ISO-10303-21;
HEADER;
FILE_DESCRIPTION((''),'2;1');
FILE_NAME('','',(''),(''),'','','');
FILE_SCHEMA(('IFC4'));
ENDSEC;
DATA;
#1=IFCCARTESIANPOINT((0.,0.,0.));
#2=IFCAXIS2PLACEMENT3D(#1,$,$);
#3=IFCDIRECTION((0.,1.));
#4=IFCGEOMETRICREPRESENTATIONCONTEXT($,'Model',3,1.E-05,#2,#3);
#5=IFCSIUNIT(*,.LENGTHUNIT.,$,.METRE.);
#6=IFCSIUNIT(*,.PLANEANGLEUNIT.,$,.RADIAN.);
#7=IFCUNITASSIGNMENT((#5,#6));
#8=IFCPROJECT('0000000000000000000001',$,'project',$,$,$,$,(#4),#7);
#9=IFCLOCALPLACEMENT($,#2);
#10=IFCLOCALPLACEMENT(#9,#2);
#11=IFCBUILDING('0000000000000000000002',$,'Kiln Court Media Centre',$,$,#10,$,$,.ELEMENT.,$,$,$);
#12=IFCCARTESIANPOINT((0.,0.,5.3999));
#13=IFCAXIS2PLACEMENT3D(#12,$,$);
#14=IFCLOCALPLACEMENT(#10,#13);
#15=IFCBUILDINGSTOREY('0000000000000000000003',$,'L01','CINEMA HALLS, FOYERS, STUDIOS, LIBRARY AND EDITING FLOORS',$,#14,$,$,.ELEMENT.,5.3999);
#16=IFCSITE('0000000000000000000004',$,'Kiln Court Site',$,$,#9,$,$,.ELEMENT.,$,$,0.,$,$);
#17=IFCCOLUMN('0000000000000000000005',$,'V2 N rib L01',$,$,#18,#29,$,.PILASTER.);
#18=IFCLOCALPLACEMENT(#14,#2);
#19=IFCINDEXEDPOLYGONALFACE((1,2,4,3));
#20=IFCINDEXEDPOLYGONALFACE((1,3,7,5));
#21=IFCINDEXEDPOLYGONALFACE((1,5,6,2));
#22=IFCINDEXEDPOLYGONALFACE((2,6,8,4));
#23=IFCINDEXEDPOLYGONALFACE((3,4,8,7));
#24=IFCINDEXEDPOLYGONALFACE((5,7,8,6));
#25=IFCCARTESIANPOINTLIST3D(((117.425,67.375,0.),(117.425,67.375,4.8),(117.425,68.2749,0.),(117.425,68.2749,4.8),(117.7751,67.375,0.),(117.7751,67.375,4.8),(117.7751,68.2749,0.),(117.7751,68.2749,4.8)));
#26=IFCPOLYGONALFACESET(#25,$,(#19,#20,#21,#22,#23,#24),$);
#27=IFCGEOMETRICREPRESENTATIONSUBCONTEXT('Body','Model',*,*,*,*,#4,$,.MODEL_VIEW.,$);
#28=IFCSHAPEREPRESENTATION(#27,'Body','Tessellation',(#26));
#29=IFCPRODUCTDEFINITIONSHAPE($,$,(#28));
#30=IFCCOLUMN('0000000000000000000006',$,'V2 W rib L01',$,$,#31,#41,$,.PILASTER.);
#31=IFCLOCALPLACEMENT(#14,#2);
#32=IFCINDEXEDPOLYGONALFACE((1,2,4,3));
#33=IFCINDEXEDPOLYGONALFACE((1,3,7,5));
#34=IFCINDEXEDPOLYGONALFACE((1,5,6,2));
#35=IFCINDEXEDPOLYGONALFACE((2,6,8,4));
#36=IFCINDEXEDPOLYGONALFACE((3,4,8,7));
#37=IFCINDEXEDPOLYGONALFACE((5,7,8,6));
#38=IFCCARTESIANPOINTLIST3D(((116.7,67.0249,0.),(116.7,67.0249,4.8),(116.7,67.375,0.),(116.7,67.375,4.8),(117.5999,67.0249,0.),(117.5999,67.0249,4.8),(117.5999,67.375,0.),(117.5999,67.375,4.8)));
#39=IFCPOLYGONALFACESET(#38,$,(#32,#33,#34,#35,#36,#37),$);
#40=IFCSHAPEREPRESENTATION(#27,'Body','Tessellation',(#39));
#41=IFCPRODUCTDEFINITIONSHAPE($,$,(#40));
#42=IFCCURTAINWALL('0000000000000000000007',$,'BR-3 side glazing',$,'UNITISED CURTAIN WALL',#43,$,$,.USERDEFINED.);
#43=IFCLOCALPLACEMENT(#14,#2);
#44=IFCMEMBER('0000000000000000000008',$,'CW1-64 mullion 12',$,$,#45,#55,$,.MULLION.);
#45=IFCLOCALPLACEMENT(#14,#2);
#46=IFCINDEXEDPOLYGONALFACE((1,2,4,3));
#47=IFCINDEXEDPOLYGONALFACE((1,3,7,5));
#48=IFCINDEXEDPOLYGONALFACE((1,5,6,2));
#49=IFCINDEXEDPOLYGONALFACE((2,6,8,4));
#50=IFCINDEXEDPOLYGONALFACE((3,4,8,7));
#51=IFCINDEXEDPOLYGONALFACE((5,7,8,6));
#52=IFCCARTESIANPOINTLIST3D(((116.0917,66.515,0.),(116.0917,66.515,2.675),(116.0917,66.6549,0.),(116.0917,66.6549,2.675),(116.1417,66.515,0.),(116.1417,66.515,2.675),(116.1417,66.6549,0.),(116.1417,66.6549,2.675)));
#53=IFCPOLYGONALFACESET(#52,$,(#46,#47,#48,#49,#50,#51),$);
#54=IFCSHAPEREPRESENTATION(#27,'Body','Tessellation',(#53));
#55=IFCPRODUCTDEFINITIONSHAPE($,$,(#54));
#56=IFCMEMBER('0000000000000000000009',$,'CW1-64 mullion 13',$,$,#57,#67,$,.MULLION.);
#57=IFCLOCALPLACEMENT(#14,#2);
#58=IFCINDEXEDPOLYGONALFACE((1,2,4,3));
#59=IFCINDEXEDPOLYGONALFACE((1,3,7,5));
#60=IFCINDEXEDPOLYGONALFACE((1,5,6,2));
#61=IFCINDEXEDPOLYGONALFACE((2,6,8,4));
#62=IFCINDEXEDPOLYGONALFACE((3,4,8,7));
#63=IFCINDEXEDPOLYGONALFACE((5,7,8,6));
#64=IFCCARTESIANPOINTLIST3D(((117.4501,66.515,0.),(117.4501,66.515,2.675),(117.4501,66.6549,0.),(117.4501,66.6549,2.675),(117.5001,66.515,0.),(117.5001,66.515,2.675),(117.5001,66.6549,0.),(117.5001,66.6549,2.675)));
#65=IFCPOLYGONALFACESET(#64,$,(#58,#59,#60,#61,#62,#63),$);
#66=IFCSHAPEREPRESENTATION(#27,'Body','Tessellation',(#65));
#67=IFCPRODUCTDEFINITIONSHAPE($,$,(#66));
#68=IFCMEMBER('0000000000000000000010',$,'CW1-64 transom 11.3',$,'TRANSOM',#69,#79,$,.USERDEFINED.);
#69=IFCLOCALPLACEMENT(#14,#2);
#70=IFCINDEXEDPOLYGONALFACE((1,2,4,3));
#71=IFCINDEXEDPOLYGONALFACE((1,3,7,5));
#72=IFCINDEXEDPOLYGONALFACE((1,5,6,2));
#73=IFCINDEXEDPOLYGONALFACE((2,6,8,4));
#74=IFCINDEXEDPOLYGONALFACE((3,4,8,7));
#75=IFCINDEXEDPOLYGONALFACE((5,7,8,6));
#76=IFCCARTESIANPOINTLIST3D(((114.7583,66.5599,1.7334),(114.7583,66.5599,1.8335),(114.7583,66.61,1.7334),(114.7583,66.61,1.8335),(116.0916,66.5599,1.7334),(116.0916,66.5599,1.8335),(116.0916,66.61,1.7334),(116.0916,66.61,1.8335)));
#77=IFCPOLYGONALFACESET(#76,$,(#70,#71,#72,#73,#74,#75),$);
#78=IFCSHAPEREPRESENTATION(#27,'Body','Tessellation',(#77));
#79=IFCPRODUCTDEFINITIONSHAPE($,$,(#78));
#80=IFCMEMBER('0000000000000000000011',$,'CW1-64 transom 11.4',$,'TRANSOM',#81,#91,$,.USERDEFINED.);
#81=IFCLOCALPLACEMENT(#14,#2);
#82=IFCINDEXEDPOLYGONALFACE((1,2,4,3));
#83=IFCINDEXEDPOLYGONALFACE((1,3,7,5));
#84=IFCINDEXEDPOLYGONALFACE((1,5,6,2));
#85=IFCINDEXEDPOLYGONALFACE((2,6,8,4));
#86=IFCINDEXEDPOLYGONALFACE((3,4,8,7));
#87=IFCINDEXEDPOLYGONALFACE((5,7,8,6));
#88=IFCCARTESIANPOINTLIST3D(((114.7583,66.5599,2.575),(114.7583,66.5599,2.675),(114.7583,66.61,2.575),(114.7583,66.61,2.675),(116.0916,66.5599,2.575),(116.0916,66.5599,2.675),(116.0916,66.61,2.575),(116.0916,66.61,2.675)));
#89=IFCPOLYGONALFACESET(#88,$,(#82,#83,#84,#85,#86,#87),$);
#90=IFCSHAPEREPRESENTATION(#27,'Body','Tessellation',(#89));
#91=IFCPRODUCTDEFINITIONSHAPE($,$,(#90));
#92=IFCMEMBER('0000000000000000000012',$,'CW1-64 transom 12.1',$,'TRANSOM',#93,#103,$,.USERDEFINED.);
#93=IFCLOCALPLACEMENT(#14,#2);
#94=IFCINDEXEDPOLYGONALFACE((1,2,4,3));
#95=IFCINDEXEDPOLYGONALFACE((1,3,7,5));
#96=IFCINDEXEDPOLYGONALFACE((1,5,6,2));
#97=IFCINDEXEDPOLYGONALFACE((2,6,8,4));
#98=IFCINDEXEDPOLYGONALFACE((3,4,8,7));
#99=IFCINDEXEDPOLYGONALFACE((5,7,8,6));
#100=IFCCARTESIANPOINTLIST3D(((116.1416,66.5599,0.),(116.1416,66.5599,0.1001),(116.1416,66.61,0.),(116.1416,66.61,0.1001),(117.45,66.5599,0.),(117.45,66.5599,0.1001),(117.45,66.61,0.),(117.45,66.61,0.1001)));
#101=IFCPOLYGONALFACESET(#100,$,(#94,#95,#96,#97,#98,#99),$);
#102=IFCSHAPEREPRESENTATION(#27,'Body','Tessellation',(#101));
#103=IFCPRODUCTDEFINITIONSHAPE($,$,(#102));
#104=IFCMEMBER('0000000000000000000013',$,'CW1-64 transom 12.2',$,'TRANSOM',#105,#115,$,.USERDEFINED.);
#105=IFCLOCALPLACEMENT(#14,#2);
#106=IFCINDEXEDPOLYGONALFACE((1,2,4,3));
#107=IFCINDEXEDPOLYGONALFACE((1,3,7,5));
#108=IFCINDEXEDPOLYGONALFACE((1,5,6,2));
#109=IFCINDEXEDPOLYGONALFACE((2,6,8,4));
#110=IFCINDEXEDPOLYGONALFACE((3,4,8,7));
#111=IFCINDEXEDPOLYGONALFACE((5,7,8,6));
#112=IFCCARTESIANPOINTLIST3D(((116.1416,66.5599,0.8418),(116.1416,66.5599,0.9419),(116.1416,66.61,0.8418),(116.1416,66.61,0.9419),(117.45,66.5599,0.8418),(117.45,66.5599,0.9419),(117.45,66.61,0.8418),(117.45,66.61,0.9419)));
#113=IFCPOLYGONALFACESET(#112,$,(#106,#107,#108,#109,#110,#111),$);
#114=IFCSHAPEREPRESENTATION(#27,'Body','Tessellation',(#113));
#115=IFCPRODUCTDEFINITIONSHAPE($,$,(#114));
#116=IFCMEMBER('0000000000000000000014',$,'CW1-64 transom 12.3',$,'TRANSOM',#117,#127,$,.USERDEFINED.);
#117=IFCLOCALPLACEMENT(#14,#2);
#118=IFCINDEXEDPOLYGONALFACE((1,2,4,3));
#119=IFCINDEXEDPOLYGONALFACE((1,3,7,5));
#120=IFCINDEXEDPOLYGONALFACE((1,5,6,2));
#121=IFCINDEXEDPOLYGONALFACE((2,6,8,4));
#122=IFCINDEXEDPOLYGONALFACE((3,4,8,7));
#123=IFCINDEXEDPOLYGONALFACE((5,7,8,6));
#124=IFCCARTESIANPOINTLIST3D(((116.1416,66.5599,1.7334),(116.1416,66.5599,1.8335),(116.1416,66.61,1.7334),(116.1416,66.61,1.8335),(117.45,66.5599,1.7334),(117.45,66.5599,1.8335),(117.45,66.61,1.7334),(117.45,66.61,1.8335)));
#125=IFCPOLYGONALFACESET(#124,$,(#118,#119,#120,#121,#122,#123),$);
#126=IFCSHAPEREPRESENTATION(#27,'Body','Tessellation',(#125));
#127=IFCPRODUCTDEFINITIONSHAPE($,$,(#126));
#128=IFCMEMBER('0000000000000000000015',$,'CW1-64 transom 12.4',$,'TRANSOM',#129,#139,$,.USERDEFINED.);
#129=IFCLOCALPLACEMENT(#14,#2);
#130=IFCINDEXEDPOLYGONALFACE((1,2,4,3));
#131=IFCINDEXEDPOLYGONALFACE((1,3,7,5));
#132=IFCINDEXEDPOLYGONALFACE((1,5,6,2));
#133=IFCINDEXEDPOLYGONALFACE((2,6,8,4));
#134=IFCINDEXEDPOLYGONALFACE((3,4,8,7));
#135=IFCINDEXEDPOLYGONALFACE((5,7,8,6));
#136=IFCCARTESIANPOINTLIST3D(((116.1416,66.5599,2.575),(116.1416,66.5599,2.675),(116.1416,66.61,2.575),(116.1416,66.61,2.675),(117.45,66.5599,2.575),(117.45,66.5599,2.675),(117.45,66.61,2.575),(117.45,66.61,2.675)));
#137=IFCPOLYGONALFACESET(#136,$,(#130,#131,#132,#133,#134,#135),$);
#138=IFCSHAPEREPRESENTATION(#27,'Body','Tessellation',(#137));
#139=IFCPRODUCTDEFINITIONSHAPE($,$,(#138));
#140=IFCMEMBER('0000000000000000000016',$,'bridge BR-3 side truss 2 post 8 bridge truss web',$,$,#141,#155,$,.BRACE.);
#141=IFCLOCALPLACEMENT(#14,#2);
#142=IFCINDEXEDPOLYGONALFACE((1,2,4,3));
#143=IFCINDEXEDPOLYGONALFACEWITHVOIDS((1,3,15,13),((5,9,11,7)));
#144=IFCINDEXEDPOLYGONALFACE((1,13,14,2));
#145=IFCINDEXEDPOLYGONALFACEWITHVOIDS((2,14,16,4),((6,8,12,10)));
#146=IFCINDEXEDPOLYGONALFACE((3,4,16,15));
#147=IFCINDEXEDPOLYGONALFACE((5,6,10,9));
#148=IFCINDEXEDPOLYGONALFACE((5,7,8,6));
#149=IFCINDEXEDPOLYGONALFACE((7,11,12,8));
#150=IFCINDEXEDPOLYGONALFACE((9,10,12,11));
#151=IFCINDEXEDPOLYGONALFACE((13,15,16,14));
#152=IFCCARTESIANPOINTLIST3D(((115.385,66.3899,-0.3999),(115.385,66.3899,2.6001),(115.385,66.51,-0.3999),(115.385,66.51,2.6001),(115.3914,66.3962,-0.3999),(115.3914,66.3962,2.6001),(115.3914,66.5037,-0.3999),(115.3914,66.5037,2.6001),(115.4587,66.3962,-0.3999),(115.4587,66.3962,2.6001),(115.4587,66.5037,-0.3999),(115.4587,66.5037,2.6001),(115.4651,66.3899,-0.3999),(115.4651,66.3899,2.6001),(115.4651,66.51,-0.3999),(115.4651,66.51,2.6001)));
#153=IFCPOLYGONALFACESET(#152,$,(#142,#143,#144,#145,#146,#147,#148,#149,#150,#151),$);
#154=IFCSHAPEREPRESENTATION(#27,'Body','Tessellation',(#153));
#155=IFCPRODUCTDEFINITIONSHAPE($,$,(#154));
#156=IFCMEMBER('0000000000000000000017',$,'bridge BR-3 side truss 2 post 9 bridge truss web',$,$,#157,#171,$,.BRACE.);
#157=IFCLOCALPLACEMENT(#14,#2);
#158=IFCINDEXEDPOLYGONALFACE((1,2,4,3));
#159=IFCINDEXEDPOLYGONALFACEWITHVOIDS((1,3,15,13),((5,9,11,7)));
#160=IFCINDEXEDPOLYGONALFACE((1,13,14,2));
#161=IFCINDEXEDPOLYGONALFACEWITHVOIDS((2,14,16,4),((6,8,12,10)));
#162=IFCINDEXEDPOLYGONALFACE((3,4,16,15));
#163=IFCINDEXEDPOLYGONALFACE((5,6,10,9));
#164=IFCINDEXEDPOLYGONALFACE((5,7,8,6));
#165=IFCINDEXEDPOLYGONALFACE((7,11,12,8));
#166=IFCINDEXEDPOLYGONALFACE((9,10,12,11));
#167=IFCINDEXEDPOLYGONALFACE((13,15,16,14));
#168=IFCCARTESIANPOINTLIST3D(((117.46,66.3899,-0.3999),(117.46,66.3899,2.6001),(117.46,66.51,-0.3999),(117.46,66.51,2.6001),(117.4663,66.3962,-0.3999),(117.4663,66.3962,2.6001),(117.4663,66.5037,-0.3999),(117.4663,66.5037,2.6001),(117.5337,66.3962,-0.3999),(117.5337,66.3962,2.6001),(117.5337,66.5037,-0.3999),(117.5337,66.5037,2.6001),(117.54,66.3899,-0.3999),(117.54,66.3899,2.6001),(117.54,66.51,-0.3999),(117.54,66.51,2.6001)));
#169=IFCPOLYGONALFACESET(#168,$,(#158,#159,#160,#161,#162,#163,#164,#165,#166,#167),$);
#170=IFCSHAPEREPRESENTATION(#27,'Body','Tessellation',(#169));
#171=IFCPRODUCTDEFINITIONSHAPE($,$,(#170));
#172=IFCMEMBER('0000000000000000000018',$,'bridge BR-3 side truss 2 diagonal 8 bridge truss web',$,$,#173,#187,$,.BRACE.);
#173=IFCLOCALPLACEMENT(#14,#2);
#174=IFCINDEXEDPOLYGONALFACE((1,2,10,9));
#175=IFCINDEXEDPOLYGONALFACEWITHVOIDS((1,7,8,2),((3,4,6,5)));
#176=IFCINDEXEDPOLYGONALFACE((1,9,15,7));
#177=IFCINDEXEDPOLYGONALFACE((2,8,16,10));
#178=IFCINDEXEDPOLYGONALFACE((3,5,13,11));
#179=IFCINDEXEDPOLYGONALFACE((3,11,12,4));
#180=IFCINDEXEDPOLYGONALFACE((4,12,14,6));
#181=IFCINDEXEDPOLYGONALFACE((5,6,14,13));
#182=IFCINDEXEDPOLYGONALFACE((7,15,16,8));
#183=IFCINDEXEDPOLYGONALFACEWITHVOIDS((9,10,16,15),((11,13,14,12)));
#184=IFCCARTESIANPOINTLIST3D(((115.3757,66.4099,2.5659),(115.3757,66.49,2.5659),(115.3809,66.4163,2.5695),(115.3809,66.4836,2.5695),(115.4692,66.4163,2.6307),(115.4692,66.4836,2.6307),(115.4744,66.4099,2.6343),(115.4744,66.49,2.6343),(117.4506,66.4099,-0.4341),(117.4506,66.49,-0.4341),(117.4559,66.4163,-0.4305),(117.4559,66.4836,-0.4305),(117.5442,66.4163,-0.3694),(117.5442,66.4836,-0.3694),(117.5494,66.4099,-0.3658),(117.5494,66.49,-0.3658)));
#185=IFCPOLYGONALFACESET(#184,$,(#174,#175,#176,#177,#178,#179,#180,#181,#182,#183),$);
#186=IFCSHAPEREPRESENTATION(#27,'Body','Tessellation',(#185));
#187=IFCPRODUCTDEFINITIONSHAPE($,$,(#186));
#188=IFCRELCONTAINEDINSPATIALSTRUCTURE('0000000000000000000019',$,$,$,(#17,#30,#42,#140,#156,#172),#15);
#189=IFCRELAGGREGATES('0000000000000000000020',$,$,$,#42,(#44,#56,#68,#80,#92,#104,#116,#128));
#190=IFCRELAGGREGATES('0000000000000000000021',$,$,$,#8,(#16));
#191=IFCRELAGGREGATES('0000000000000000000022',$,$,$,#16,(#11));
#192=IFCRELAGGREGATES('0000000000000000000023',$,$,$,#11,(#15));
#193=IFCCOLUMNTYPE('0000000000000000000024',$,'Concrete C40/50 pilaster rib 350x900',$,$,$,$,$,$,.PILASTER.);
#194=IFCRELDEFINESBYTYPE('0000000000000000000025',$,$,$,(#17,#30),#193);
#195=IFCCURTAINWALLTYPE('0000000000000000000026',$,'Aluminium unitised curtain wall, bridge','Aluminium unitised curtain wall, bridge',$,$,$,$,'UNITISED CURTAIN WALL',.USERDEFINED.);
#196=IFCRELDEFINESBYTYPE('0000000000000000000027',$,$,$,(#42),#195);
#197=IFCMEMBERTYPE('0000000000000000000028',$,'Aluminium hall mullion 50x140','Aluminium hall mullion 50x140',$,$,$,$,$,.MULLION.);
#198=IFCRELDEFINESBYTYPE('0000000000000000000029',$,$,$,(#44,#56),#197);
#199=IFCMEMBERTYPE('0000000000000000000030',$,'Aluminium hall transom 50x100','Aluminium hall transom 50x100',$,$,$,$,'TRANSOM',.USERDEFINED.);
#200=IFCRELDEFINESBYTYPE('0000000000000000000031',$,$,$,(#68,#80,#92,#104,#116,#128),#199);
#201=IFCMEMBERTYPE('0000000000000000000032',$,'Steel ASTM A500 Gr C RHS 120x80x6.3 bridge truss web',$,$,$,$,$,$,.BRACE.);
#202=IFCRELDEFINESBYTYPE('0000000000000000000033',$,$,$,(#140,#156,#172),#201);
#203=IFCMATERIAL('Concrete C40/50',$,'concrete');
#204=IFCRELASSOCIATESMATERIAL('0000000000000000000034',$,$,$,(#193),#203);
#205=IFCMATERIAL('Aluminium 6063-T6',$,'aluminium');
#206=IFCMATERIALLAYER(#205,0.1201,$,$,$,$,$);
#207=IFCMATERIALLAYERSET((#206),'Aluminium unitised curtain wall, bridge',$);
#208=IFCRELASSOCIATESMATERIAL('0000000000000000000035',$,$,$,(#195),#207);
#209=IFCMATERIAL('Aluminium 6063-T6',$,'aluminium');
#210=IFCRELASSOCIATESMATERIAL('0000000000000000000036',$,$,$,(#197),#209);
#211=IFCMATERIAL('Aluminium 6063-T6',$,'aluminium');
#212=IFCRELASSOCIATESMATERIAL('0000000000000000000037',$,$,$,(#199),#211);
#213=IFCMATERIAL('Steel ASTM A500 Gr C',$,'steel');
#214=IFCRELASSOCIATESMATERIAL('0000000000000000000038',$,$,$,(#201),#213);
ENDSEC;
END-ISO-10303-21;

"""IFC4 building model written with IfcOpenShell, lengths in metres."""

from ifc_helpers import new_model, si_unit, direction, frame, origin, origin_2d, place, context, subcontext, project, spatial, rectangle, hollow_rectangle, extrude, material, layer, layer_set, material_profile, profile_set, type_object, element, aggregate, save


model = new_model("IFC4")

# Units and contexts
model_context = context("Model", 3, precision=1e-05, world=origin(), true_north=direction((0.0, 1.0)))
body_context = subcontext(model_context, "Body", "Model", "MODEL_VIEW")
ifc_project = project(units=[si_unit("LENGTHUNIT", "METRE"), si_unit("PLANEANGLEUNIT", "RADIAN")], contexts=[model_context])

# Site, building, storey
site_placement = place(None, origin())
site = spatial("IfcSite", under=ifc_project, at=site_placement, Name="Kiln Court Site", CompositionType="ELEMENT", RefElevation=0.0)
building_placement = place(site_placement, origin())
building = spatial("IfcBuilding", under=site, at=building_placement, Name="Kiln Court Media Centre", CompositionType="ELEMENT")
storey_placement = place(building_placement, frame((0.0, 0.0, 5.3999)))
storey = spatial("IfcBuildingStorey", under=building, at=storey_placement, Name="L01", Description="CINEMA HALLS, FOYERS, STUDIOS, LIBRARY AND EDITING FLOORS", CompositionType="ELEMENT", Elevation=5.3999)

# Columns
ifc_material_1 = material(Name="Concrete C40/50", Category="concrete")
ifc_material_profile_1 = material_profile(ifc_material_1, rectangle(XDim=0.3501, YDim=0.8999, at=origin_2d()), Name="RC 350x900")
ifc_profile_set_1 = profile_set([ifc_material_profile_1], Name="Concrete C40/50")
column_type = type_object("IfcColumnType", Name="Concrete C40/50 pilaster rib 350x900", PredefinedType="PILASTER", material=ifc_profile_set_1)
for number, where, z_axis, x_axis, name in (
    (1, (117.6001, 67.825, 0.0), (0.0, 0.0, 1.0), (1.0, 0.0, 0.0), "V2 N rib L01"),
    (2, (117.1499, 67.2, 0.0), (0.0, 0.0, 1.0), (0.0, 1.0, 0.0), "V2 W rib L01"),
):
    element("IfcColumn", number, at=place(storey_placement, frame(where, z_axis=z_axis, x_axis=x_axis)), inside=storey, type_object=column_type, Name=name, PredefinedType="PILASTER", context=body_context, shape_type="SweptSolid", body=[
        extrude(rectangle(XDim=0.3501, YDim=0.8999, at=origin_2d()), origin(), (0.0, 0.0, 1.0), 4.8),
    ])

# Curtain wall, members
ifc_material_2 = material(Name="Aluminium 6063-T6", Category="aluminium")
ifc_layer_1 = layer(ifc_material_2, 0.1201)
ifc_layer_set_1 = layer_set([ifc_layer_1], Name="Aluminium unitised curtain wall, bridge")
curtain_wall_type = type_object("IfcCurtainWallType", Name="Aluminium unitised curtain wall, bridge", Description="Aluminium unitised curtain wall, bridge", ElementType="UNITISED CURTAIN WALL", PredefinedType="USERDEFINED", material=ifc_layer_set_1)
curtain_wall_placement = place(storey_placement, origin())
curtain_wall = element("IfcCurtainWall", 3, at=curtain_wall_placement, inside=storey, type_object=curtain_wall_type, Name="BR-3 side glazing", ObjectType="UNITISED CURTAIN WALL", PredefinedType="USERDEFINED")
ifc_material_3 = material(Name="Aluminium 6063-T6", Category="aluminium")
ifc_material_profile_2 = material_profile(ifc_material_3, rectangle(XDim=0.05, YDim=0.1399, at=origin_2d()), Name="Aluminium hall mullion 50x140")
ifc_profile_set_2 = profile_set([ifc_material_profile_2], Name="Aluminium 6063-T6")
member_type_1 = type_object("IfcMemberType", Name="Aluminium hall mullion 50x140", Description="Aluminium hall mullion 50x140", PredefinedType="MULLION", material=ifc_profile_set_2)
member_1_placement = place(storey_placement, frame((116.1167, 66.585, 0.0), z_axis=(0.0, 0.0, 1.0), x_axis=(1.0, 0.0, 0.0)))
member_1 = element("IfcMember", 4, at=member_1_placement, type_object=member_type_1, Name="CW1-64 mullion 12", PredefinedType="MULLION", context=body_context, shape_type="SweptSolid", body=[
    extrude(rectangle(XDim=0.05, YDim=0.1399, at=origin_2d()), origin(), (0.0, 0.0, 1.0), 2.675),
])
member_2_placement = place(storey_placement, frame((117.4751, 66.585, 0.0), z_axis=(0.0, 0.0, 1.0), x_axis=(1.0, 0.0, 0.0)))
member_2 = element("IfcMember", 5, at=member_2_placement, type_object=member_type_1, Name="CW1-64 mullion 13", PredefinedType="MULLION", context=body_context, shape_type="SweptSolid", body=[
    extrude(rectangle(XDim=0.05, YDim=0.1399, at=origin_2d()), origin(), (0.0, 0.0, 1.0), 2.675),
])
ifc_material_4 = material(Name="Aluminium 6063-T6", Category="aluminium")
ifc_material_profile_3 = material_profile(ifc_material_4, rectangle(XDim=0.05, YDim=0.1001, at=origin_2d()), Name="Aluminium hall transom 50x100")
ifc_profile_set_3 = profile_set([ifc_material_profile_3], Name="Aluminium 6063-T6")
member_type_2 = type_object("IfcMemberType", Name="Aluminium hall transom 50x100", Description="Aluminium hall transom 50x100", ElementType="TRANSOM", PredefinedType="USERDEFINED", material=ifc_profile_set_3)
member_3_placement = place(storey_placement, frame((114.7583, 66.585, 1.7834), z_axis=(1.0, 0.0, 0.0), x_axis=(0.0, 1.0, 0.0)))
member_3 = element("IfcMember", 6, at=member_3_placement, type_object=member_type_2, Name="CW1-64 transom 11.3", ObjectType="TRANSOM", PredefinedType="USERDEFINED", context=body_context, shape_type="SweptSolid", body=[
    extrude(rectangle(XDim=0.05, YDim=0.1001, at=origin_2d()), origin(), (0.0, 0.0, 1.0), 1.3333),
])
member_4_placement = place(storey_placement, frame((114.7583, 66.585, 2.625), z_axis=(1.0, 0.0, 0.0), x_axis=(0.0, 1.0, 0.0)))
member_4 = element("IfcMember", 7, at=member_4_placement, type_object=member_type_2, Name="CW1-64 transom 11.4", ObjectType="TRANSOM", PredefinedType="USERDEFINED", context=body_context, shape_type="SweptSolid", body=[
    extrude(rectangle(XDim=0.05, YDim=0.1001, at=origin_2d()), origin(), (0.0, 0.0, 1.0), 1.3333),
])
member_5_placement = place(storey_placement, frame((116.1416, 66.585, 0.05), z_axis=(1.0, 0.0, 0.0), x_axis=(0.0, 1.0, 0.0)))
member_5 = element("IfcMember", 8, at=member_5_placement, type_object=member_type_2, Name="CW1-64 transom 12.1", ObjectType="TRANSOM", PredefinedType="USERDEFINED", context=body_context, shape_type="SweptSolid", body=[
    extrude(rectangle(XDim=0.05, YDim=0.1001, at=origin_2d()), origin(), (0.0, 0.0, 1.0), 1.3083),
])
member_6_placement = place(storey_placement, frame((116.1416, 66.585, 0.8918), z_axis=(1.0, 0.0, 0.0), x_axis=(0.0, 1.0, 0.0)))
member_6 = element("IfcMember", 9, at=member_6_placement, type_object=member_type_2, Name="CW1-64 transom 12.2", ObjectType="TRANSOM", PredefinedType="USERDEFINED", context=body_context, shape_type="SweptSolid", body=[
    extrude(rectangle(XDim=0.05, YDim=0.1001, at=origin_2d()), origin(), (0.0, 0.0, 1.0), 1.3083),
])
member_7_placement = place(storey_placement, frame((116.1416, 66.585, 1.7834), z_axis=(1.0, 0.0, 0.0), x_axis=(0.0, 1.0, 0.0)))
member_7 = element("IfcMember", 10, at=member_7_placement, type_object=member_type_2, Name="CW1-64 transom 12.3", ObjectType="TRANSOM", PredefinedType="USERDEFINED", context=body_context, shape_type="SweptSolid", body=[
    extrude(rectangle(XDim=0.05, YDim=0.1001, at=origin_2d()), origin(), (0.0, 0.0, 1.0), 1.3083),
])
member_8_placement = place(storey_placement, frame((116.1416, 66.585, 2.625), z_axis=(1.0, 0.0, 0.0), x_axis=(0.0, 1.0, 0.0)))
member_8 = element("IfcMember", 11, at=member_8_placement, type_object=member_type_2, Name="CW1-64 transom 12.4", ObjectType="TRANSOM", PredefinedType="USERDEFINED", context=body_context, shape_type="SweptSolid", body=[
    extrude(rectangle(XDim=0.05, YDim=0.1001, at=origin_2d()), origin(), (0.0, 0.0, 1.0), 1.3083),
])

# Members
ifc_material_5 = material(Name="Steel ASTM A500 Gr C", Category="steel")
ifc_material_profile_4 = material_profile(ifc_material_5, hollow_rectangle(XDim=0.0801, YDim=0.1201, WallThickness=0.0063, at=origin_2d()), Name="RHS 120x80x6.3")
ifc_profile_set_4 = profile_set([ifc_material_profile_4], Name="Steel ASTM A500 Gr C")
member_type_3 = type_object("IfcMemberType", Name="Steel ASTM A500 Gr C RHS 120x80x6.3 bridge truss web", PredefinedType="BRACE", material=ifc_profile_set_4)
for number, where, z_axis, x_axis, name in (
    (12, (115.425, 66.45, -0.3999), (0.0, 0.0, 1.0), (1.0, 0.0, 0.0), "bridge BR-3 side truss 2 post 8 bridge truss web"),
    (13, (117.5, 66.45, -0.3999), (0.0, 0.0, 1.0), (1.0, 0.0, 0.0), "bridge BR-3 side truss 2 post 9 bridge truss web"),
):
    element("IfcMember", number, at=place(storey_placement, frame(where, z_axis=z_axis, x_axis=x_axis)), inside=storey, type_object=member_type_3, Name=name, PredefinedType="BRACE", context=body_context, shape_type="SweptSolid", body=[
        extrude(hollow_rectangle(XDim=0.0801, YDim=0.1201, WallThickness=0.0063, at=origin_2d()), origin(), (0.0, 0.0, 1.0), 3.0),
    ])
member_9_placement = place(storey_placement, frame((115.425, 66.45, 2.6001), z_axis=(0.568844, 0.0, -0.822445), x_axis=(0.0, 1.0, 0.0)))
element("IfcMember", 14, at=member_9_placement, inside=storey, type_object=member_type_3, Name="bridge BR-3 side truss 2 diagonal 8 bridge truss web", PredefinedType="BRACE", context=body_context, shape_type="SweptSolid", body=[
    extrude(hollow_rectangle(XDim=0.0801, YDim=0.1201, WallThickness=0.0063, at=origin_2d()), origin(), (0.0, 0.0, 1.0), 3.6477),
])

aggregate(curtain_wall, [member_1, member_2, member_3, member_4, member_5, member_6, member_7, member_8])

save(model, "model.ifc")
